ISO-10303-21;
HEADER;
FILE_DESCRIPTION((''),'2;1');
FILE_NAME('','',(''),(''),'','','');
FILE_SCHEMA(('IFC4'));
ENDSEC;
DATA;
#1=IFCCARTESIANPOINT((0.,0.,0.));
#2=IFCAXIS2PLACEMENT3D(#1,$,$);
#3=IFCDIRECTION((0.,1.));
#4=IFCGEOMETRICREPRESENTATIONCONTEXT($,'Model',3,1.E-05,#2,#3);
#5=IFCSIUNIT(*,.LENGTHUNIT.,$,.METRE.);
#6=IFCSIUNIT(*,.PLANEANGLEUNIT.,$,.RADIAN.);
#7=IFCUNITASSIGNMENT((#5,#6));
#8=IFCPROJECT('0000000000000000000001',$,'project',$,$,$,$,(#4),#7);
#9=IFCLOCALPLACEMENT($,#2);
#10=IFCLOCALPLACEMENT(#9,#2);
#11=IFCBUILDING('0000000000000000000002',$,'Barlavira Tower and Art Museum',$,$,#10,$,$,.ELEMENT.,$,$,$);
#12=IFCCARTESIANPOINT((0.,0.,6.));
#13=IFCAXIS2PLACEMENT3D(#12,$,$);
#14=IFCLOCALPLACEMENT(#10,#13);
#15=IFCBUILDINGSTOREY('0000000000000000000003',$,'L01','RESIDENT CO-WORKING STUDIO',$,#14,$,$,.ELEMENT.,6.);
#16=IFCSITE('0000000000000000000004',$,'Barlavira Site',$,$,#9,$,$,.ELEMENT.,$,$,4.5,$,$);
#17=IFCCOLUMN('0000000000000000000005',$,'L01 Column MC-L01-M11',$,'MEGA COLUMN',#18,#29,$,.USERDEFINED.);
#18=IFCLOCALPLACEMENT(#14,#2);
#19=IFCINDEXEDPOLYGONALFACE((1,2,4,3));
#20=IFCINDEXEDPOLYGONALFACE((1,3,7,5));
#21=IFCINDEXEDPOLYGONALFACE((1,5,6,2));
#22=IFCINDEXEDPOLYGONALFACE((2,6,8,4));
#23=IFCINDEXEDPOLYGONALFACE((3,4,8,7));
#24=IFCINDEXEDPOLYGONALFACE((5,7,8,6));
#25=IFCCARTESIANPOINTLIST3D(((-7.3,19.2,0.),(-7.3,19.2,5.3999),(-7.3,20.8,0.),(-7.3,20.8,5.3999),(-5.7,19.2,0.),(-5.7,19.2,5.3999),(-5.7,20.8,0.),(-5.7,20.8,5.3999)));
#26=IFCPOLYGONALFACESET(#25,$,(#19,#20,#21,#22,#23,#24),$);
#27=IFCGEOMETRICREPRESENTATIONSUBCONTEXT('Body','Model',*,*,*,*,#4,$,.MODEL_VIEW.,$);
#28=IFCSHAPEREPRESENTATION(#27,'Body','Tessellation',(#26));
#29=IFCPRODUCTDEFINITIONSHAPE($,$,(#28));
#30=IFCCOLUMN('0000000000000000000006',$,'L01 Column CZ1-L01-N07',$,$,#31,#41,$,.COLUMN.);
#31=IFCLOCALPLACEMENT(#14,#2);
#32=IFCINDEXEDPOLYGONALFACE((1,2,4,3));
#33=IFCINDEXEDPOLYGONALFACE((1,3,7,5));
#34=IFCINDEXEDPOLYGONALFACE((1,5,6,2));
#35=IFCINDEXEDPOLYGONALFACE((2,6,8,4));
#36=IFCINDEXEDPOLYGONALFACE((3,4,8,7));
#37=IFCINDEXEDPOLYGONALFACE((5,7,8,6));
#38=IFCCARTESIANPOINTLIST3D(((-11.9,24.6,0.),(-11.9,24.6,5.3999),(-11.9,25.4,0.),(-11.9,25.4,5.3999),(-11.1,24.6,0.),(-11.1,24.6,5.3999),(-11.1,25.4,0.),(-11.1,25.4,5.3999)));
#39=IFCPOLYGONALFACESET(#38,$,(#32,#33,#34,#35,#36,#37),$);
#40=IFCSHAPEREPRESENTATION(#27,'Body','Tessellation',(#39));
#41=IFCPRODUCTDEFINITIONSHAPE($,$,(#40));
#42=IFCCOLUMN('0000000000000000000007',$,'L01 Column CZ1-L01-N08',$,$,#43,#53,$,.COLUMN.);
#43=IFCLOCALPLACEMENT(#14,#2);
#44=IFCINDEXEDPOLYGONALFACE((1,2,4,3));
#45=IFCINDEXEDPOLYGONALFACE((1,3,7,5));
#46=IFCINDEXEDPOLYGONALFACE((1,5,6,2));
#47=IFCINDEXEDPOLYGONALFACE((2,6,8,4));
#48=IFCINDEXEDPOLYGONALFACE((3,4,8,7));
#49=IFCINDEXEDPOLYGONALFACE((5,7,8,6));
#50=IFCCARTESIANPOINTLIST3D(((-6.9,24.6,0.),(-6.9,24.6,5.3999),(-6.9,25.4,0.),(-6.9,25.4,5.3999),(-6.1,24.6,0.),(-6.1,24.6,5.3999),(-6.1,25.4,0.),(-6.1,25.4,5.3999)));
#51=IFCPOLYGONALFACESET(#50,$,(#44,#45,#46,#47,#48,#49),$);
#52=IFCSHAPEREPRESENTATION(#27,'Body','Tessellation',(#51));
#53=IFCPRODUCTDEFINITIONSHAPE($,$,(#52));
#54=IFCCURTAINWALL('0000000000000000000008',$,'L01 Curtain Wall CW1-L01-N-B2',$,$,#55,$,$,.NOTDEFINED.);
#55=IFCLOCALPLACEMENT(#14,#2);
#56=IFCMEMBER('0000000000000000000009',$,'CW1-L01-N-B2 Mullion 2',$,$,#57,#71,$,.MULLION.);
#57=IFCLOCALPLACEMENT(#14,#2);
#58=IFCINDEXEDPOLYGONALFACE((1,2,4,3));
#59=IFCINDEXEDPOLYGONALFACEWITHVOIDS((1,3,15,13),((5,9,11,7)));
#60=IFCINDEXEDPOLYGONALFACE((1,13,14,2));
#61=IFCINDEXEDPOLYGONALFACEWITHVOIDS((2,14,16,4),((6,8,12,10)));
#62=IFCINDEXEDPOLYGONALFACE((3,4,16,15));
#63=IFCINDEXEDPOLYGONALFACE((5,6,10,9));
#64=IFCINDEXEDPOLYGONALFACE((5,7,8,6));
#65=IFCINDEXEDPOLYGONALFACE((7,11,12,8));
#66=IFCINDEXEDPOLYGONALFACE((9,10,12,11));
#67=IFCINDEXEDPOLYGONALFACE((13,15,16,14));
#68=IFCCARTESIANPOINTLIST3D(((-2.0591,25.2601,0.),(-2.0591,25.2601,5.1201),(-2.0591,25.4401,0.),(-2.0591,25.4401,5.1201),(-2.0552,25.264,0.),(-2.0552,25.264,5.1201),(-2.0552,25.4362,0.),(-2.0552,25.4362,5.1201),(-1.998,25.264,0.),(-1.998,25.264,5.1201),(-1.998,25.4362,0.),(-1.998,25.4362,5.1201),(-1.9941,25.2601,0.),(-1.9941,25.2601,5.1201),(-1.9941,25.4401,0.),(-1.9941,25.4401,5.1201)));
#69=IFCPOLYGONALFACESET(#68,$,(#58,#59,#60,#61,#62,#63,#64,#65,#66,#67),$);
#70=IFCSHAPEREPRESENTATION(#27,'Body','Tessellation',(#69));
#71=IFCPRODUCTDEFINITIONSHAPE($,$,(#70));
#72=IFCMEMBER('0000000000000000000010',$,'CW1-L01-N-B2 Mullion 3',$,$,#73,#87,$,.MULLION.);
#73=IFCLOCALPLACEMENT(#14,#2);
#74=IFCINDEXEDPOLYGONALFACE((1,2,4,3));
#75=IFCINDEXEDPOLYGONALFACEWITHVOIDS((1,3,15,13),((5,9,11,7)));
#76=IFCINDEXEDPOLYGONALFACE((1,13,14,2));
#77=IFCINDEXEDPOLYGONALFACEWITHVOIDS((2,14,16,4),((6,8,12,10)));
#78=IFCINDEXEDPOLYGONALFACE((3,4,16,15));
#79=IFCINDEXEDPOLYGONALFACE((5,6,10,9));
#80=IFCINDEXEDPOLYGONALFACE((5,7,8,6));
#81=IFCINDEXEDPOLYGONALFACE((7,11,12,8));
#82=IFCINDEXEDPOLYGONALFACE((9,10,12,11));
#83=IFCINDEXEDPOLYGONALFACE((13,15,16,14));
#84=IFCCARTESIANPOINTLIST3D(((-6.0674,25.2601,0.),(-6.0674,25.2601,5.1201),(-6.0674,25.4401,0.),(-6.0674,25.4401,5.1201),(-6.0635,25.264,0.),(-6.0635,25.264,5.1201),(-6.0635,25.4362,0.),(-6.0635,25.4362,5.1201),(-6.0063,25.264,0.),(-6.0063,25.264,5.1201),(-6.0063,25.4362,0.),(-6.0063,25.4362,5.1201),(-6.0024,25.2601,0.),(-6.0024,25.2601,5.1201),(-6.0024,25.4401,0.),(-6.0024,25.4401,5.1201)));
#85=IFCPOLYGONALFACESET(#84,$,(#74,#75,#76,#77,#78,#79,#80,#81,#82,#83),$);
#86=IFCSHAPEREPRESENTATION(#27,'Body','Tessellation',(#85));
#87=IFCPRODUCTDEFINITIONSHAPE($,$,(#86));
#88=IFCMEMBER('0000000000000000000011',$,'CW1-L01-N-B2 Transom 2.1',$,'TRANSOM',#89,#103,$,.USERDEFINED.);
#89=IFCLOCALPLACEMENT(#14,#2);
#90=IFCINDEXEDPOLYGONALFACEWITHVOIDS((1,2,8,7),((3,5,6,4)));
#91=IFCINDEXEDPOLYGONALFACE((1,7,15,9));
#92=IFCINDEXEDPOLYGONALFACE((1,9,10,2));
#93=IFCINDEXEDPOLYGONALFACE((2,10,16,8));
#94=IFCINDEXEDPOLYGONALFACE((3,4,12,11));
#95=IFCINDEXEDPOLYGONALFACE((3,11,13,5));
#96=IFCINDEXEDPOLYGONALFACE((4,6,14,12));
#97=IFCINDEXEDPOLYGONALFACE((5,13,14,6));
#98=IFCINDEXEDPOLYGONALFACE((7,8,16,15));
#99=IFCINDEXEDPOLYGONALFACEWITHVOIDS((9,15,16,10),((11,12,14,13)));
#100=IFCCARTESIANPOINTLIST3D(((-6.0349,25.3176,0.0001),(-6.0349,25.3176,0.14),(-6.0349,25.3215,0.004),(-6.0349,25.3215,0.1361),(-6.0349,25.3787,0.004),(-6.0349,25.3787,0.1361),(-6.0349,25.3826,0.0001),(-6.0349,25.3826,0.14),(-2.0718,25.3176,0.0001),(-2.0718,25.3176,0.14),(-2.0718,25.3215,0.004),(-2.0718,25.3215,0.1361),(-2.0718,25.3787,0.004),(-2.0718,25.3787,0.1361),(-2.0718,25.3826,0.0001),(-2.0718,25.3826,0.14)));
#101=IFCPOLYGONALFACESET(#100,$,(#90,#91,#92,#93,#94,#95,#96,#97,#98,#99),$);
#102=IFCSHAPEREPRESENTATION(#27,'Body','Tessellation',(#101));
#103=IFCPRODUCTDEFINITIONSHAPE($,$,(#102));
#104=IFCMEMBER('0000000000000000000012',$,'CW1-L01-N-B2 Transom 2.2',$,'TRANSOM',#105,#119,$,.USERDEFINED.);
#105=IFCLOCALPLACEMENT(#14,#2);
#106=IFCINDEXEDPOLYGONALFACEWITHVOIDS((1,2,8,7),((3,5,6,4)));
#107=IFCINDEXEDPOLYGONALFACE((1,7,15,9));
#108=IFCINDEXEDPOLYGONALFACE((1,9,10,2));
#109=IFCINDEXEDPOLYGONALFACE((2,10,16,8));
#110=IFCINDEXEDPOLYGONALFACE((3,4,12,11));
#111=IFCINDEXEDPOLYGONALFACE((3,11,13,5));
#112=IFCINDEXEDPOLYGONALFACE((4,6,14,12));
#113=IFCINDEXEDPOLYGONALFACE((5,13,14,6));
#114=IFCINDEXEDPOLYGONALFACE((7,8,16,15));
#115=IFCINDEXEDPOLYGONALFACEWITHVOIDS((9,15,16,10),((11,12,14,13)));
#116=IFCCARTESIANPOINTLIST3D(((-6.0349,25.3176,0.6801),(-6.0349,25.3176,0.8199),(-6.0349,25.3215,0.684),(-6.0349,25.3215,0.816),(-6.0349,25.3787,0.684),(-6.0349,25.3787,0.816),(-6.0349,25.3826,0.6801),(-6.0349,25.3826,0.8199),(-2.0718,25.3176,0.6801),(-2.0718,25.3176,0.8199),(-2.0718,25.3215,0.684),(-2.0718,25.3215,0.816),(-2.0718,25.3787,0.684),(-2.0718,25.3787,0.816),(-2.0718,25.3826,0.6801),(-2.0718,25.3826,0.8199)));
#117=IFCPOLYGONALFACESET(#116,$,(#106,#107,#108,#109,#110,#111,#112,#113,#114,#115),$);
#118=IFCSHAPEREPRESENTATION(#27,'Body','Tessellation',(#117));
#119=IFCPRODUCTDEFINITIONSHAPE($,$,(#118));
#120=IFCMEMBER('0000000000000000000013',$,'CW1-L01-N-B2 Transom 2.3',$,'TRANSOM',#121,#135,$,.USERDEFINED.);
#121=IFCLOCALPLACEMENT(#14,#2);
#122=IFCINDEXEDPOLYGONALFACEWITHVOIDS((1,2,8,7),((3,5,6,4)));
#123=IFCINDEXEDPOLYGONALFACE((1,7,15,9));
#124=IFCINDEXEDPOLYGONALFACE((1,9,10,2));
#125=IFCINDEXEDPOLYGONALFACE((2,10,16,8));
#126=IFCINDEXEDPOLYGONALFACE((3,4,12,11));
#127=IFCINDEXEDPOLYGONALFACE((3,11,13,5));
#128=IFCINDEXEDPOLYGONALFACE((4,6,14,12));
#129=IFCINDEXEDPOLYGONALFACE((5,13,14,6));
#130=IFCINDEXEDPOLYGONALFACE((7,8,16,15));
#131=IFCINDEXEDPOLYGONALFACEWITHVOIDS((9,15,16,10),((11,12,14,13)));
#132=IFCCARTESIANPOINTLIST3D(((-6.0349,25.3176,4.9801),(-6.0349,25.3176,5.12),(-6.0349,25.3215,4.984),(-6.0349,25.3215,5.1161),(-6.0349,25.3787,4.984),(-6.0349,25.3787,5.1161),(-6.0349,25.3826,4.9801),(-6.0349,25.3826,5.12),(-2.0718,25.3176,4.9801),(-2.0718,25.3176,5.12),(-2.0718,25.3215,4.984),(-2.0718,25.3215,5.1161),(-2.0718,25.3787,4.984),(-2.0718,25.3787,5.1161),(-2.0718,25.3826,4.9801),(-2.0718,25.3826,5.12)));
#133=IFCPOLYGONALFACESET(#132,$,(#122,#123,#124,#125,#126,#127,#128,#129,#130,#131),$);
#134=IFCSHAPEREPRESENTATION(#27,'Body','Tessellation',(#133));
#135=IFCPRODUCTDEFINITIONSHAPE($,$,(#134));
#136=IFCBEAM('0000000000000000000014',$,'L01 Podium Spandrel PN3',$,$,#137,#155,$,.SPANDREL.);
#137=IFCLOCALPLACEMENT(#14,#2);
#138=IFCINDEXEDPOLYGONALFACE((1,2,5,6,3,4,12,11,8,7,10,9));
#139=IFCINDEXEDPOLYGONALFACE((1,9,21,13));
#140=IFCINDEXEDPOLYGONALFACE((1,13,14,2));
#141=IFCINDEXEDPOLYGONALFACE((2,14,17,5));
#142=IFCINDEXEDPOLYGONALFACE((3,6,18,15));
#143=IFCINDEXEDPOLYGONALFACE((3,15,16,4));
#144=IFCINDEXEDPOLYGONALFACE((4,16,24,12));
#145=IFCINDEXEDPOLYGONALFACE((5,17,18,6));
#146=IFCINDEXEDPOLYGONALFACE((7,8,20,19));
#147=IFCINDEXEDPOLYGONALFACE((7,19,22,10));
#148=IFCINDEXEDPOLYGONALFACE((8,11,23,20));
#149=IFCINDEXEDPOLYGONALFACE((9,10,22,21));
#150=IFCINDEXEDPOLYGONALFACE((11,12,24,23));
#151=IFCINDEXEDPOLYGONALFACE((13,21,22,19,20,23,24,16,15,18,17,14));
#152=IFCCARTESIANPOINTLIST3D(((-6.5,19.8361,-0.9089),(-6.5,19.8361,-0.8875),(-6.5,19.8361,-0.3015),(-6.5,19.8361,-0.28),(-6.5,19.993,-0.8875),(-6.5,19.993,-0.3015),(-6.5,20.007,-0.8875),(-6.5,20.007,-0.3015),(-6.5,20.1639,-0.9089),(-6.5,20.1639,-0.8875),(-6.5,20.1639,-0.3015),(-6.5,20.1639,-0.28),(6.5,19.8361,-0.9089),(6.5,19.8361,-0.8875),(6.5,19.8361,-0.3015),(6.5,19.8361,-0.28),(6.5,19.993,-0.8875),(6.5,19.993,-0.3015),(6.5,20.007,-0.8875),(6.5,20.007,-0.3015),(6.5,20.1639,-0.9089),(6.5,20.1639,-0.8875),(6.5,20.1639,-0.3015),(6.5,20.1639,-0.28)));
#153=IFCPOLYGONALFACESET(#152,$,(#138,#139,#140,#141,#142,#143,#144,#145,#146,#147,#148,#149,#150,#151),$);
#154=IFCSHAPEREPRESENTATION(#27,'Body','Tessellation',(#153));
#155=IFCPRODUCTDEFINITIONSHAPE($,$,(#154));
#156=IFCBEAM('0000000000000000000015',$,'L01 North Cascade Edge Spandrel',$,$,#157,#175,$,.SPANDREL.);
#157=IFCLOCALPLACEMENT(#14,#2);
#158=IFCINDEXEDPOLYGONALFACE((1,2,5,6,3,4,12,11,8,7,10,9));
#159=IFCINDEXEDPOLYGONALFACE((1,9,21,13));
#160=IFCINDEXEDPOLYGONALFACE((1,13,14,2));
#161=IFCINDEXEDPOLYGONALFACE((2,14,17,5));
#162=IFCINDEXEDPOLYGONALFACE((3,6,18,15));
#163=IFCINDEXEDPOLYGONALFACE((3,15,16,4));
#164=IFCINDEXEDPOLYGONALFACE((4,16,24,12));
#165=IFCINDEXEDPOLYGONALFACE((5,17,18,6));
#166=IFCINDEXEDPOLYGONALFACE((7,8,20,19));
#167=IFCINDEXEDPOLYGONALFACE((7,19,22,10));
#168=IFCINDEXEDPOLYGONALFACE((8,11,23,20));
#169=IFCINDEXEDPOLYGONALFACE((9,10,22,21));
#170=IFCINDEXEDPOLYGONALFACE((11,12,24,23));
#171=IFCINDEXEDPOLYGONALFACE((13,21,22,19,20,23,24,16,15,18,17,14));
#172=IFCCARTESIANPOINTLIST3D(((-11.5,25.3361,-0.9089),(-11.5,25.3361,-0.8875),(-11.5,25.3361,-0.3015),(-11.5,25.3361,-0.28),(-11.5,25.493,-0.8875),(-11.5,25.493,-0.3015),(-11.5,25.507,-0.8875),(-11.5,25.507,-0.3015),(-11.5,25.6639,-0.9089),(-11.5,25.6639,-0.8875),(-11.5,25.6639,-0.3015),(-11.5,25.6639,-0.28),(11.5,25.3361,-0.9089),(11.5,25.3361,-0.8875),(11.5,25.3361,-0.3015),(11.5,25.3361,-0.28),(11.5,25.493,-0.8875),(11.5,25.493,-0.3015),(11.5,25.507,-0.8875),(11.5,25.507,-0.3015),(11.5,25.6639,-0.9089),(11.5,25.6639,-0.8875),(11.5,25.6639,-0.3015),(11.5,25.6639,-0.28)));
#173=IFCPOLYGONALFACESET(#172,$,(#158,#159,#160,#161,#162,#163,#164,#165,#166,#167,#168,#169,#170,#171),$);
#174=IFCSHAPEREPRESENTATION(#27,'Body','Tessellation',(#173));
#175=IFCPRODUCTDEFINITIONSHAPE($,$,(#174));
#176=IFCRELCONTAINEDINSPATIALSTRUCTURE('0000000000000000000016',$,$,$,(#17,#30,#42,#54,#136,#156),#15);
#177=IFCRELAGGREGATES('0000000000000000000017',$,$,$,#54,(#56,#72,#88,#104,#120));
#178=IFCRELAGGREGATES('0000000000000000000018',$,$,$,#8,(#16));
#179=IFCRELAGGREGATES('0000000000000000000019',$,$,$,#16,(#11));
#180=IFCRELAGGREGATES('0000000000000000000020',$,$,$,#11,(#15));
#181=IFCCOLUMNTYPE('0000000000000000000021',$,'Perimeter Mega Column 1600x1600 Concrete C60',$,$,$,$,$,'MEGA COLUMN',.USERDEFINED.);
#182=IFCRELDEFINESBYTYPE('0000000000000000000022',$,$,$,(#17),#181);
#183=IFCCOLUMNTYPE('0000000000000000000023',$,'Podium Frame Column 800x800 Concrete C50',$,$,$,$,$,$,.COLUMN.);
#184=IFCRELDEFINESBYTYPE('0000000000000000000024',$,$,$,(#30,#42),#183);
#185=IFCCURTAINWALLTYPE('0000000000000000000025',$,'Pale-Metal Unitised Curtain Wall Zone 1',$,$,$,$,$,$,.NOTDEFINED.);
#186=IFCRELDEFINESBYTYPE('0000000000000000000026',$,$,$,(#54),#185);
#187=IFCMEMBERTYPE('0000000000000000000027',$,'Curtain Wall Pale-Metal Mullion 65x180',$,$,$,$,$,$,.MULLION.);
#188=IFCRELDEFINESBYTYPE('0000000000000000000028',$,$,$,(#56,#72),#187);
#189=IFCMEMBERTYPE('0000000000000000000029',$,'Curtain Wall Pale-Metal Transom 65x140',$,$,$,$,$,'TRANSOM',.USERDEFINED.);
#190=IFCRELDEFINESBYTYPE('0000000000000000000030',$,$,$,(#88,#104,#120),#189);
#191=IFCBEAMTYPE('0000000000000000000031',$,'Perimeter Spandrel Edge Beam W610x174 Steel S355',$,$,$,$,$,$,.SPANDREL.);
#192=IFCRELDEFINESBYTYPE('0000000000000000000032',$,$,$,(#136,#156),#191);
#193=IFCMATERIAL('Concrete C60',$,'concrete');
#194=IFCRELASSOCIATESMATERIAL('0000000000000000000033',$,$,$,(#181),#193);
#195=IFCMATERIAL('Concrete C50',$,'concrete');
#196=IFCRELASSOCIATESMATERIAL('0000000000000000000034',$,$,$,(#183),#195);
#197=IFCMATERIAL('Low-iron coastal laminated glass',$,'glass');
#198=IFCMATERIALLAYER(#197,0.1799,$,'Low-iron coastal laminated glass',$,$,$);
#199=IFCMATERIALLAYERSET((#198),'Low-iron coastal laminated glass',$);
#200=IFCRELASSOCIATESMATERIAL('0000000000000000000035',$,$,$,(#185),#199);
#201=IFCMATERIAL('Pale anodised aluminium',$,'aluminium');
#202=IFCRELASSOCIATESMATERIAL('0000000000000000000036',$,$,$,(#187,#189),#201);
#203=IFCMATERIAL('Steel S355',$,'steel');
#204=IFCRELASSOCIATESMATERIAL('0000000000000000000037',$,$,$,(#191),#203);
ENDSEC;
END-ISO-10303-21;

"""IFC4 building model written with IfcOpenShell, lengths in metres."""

from ifc_helpers import new_model, si_unit, direction, frame, origin, origin_2d, place, context, subcontext, project, spatial, rectangle, hollow_rectangle, i_section, extrude, material, layer, layer_set, material_profile, profile_set, type_object, element, aggregate, save


model = new_model("IFC4")

# Units and contexts
model_context = context("Model", 3, precision=1e-05, world=origin(), true_north=direction((0.0, 1.0)))
body_context = subcontext(model_context, "Body", "Model", "MODEL_VIEW")
ifc_project = project(units=[si_unit("LENGTHUNIT", "METRE"), si_unit("PLANEANGLEUNIT", "RADIAN")], contexts=[model_context])

# Site, building, storey
site_placement = place(None, origin())
site = spatial("IfcSite", under=ifc_project, at=site_placement, Name="Barlavira Site", CompositionType="ELEMENT", RefElevation=4.5)
building_placement = place(site_placement, origin())
building = spatial("IfcBuilding", under=site, at=building_placement, Name="Barlavira Tower and Art Museum", CompositionType="ELEMENT")
storey_placement = place(building_placement, frame((0.0, 0.0, 6.0)))
storey = spatial("IfcBuildingStorey", under=building, at=storey_placement, Name="L01", Description="RESIDENT CO-WORKING STUDIO", CompositionType="ELEMENT", Elevation=6.0)

# Columns
ifc_material_1 = material(Name="Concrete C60", Category="concrete")
ifc_material_profile_1 = material_profile(ifc_material_1, rectangle(XDim=1.6001, YDim=1.6001, at=origin_2d()), Name="RC-MCOL 1600x1600")
ifc_profile_set_1 = profile_set([ifc_material_profile_1], Name="Concrete C60")
column_type_1 = type_object("IfcColumnType", Name="Perimeter Mega Column 1600x1600 Concrete C60", ElementType="MEGA COLUMN", PredefinedType="USERDEFINED", material=ifc_profile_set_1)
column_placement = place(storey_placement, frame((-6.5, 20.0, 0.0), z_axis=(0.0, 0.0, 1.0), x_axis=(1.0, 0.0, 0.0)))
element("IfcColumn", 1, at=column_placement, inside=storey, type_object=column_type_1, Name="L01 Column MC-L01-M11", ObjectType="MEGA COLUMN", PredefinedType="USERDEFINED", context=body_context, shape_type="SweptSolid", body=[
    extrude(rectangle(XDim=1.6001, YDim=1.6001, at=origin_2d()), origin(), (0.0, 0.0, 1.0), 5.3999),
])
ifc_material_2 = material(Name="Concrete C50", Category="concrete")
ifc_material_profile_2 = material_profile(ifc_material_2, rectangle(XDim=0.8, YDim=0.8, at=origin_2d()), Name="RC-COL 800x800")
ifc_profile_set_2 = profile_set([ifc_material_profile_2], Name="Concrete C50")
column_type_2 = type_object("IfcColumnType", Name="Podium Frame Column 800x800 Concrete C50", PredefinedType="COLUMN", material=ifc_profile_set_2)
for number, where, z_axis, x_axis, name in (
    (2, (-11.5, 25.0, 0.0), (0.0, 0.0, 1.0), (1.0, 0.0, 0.0), "L01 Column CZ1-L01-N07"),
    (3, (-6.5, 25.0, 0.0), (0.0, 0.0, 1.0), (1.0, 0.0, 0.0), "L01 Column CZ1-L01-N08"),
):
    element("IfcColumn", number, at=place(storey_placement, frame(where, z_axis=z_axis, x_axis=x_axis)), inside=storey, type_object=column_type_2, Name=name, PredefinedType="COLUMN", context=body_context, shape_type="SweptSolid", body=[
        extrude(rectangle(XDim=0.8, YDim=0.8, at=origin_2d()), origin(), (0.0, 0.0, 1.0), 5.3999),
    ])

# Curtain wall, members
ifc_material_3 = material(Name="Low-iron coastal laminated glass", Category="glass")
ifc_layer_1 = layer(ifc_material_3, 0.1799, Name="Low-iron coastal laminated glass")
ifc_layer_set_1 = layer_set([ifc_layer_1], Name="Low-iron coastal laminated glass")
curtain_wall_type = type_object("IfcCurtainWallType", Name="Pale-Metal Unitised Curtain Wall Zone 1", PredefinedType="NOTDEFINED", material=ifc_layer_set_1)
curtain_wall_placement = place(storey_placement, origin())
curtain_wall = element("IfcCurtainWall", 4, at=curtain_wall_placement, inside=storey, type_object=curtain_wall_type, Name="L01 Curtain Wall CW1-L01-N-B2", PredefinedType="NOTDEFINED")
ifc_material_4 = material(Name="Pale anodised aluminium", Category="aluminium")
ifc_material_profile_3 = material_profile(ifc_material_4, hollow_rectangle(XDim=0.0649, YDim=0.1799, WallThickness=0.0039, at=origin_2d()), Name="ALU-MULL 65x180x4")
ifc_profile_set_3 = profile_set([ifc_material_profile_3], Name="Pale anodised aluminium")
member_type_1 = type_object("IfcMemberType", Name="Curtain Wall Pale-Metal Mullion 65x180", PredefinedType="MULLION", material=ifc_profile_set_3)
member_1_placement = place(storey_placement, frame((-2.0266, 25.3501, 0.0), z_axis=(0.0, 0.0, 1.0), x_axis=(-1.0, 0.0, 0.0)))
member_1 = element("IfcMember", 5, at=member_1_placement, type_object=member_type_1, Name="CW1-L01-N-B2 Mullion 2", PredefinedType="MULLION", context=body_context, shape_type="SweptSolid", body=[
    extrude(hollow_rectangle(XDim=0.0649, YDim=0.1799, WallThickness=0.0039, at=origin_2d()), origin(), (0.0, 0.0, 1.0), 5.1201),
])
member_2_placement = place(storey_placement, frame((-6.0349, 25.3501, 0.0), z_axis=(0.0, 0.0, 1.0), x_axis=(-1.0, 0.0, 0.0)))
member_2 = element("IfcMember", 6, at=member_2_placement, type_object=member_type_1, Name="CW1-L01-N-B2 Mullion 3", PredefinedType="MULLION", context=body_context, shape_type="SweptSolid", body=[
    extrude(hollow_rectangle(XDim=0.0649, YDim=0.1799, WallThickness=0.0039, at=origin_2d()), origin(), (0.0, 0.0, 1.0), 5.1201),
])
ifc_material_profile_4 = material_profile(ifc_material_4, hollow_rectangle(XDim=0.0649, YDim=0.1399, WallThickness=0.0039, at=origin_2d()), Name="ALU-TRAN 65x140x4")
ifc_profile_set_4 = profile_set([ifc_material_profile_4], Name="Pale anodised aluminium")
member_type_2 = type_object("IfcMemberType", Name="Curtain Wall Pale-Metal Transom 65x140", ElementType="TRANSOM", PredefinedType="USERDEFINED", material=ifc_profile_set_4)
member_3_placement = place(storey_placement, frame((-2.0718, 25.3501, 0.0701), z_axis=(-1.0, 0.0, 0.0), x_axis=(0.0, -1.0, 0.0)))
member_3 = element("IfcMember", 7, at=member_3_placement, type_object=member_type_2, Name="CW1-L01-N-B2 Transom 2.1", ObjectType="TRANSOM", PredefinedType="USERDEFINED", context=body_context, shape_type="SweptSolid", body=[
    extrude(hollow_rectangle(XDim=0.0649, YDim=0.1399, WallThickness=0.0039, at=origin_2d()), origin(), (0.0, 0.0, 1.0), 3.9631),
])
member_4_placement = place(storey_placement, frame((-2.0718, 25.3501, 0.75), z_axis=(-1.0, 0.0, 0.0), x_axis=(0.0, -1.0, 0.0)))
member_4 = element("IfcMember", 8, at=member_4_placement, type_object=member_type_2, Name="CW1-L01-N-B2 Transom 2.2", ObjectType="TRANSOM", PredefinedType="USERDEFINED", context=body_context, shape_type="SweptSolid", body=[
    extrude(hollow_rectangle(XDim=0.0649, YDim=0.1399, WallThickness=0.0039, at=origin_2d()), origin(), (0.0, 0.0, 1.0), 3.9631),
])
member_5_placement = place(storey_placement, frame((-2.0718, 25.3501, 5.05), z_axis=(-1.0, 0.0, 0.0), x_axis=(0.0, -1.0, 0.0)))
member_5 = element("IfcMember", 9, at=member_5_placement, type_object=member_type_2, Name="CW1-L01-N-B2 Transom 2.3", ObjectType="TRANSOM", PredefinedType="USERDEFINED", context=body_context, shape_type="SweptSolid", body=[
    extrude(hollow_rectangle(XDim=0.0649, YDim=0.1399, WallThickness=0.0039, at=origin_2d()), origin(), (0.0, 0.0, 1.0), 3.9631),
])

# Beams
ifc_material_5 = material(Name="Steel S355", Category="steel")
ifc_material_profile_5 = material_profile(ifc_material_5, i_section(OverallWidth=0.3279, OverallDepth=0.6289, WebThickness=0.0139, FlangeThickness=0.0215, at=origin_2d()), Name="W610x174.0")
ifc_profile_set_5 = profile_set([ifc_material_profile_5], Name="Steel S355")
beam_type_1 = type_object("IfcBeamType", Name="Perimeter Spandrel Edge Beam W610x174 Steel S355", PredefinedType="SPANDREL", material=ifc_profile_set_5)
beam_1_placement = place(storey_placement, frame((-6.5, 20.0, -0.5945), z_axis=(1.0, 0.0, 0.0), x_axis=(0.0, 1.0, 0.0)))
element("IfcBeam", 10, at=beam_1_placement, inside=storey, type_object=beam_type_1, Name="L01 Podium Spandrel PN3", PredefinedType="SPANDREL", context=body_context, shape_type="SweptSolid", body=[
    extrude(i_section(OverallWidth=0.3279, OverallDepth=0.6289, WebThickness=0.0139, FlangeThickness=0.0215, at=origin_2d()), origin(), (0.0, 0.0, 1.0), 13.0),
])
beam_2_placement = place(storey_placement, frame((-11.5, 25.5, -0.5945), z_axis=(1.0, 0.0, 0.0), x_axis=(0.0, 1.0, 0.0)))
element("IfcBeam", 11, at=beam_2_placement, inside=storey, type_object=beam_type_1, Name="L01 North Cascade Edge Spandrel", PredefinedType="SPANDREL", context=body_context, shape_type="SweptSolid", body=[
    extrude(i_section(OverallWidth=0.3279, OverallDepth=0.6289, WebThickness=0.0139, FlangeThickness=0.0215, at=origin_2d()), origin(), (0.0, 0.0, 1.0), 23.0),
])

aggregate(curtain_wall, [member_1, member_2, member_3, member_4, member_5])

save(model, "model.ifc")
